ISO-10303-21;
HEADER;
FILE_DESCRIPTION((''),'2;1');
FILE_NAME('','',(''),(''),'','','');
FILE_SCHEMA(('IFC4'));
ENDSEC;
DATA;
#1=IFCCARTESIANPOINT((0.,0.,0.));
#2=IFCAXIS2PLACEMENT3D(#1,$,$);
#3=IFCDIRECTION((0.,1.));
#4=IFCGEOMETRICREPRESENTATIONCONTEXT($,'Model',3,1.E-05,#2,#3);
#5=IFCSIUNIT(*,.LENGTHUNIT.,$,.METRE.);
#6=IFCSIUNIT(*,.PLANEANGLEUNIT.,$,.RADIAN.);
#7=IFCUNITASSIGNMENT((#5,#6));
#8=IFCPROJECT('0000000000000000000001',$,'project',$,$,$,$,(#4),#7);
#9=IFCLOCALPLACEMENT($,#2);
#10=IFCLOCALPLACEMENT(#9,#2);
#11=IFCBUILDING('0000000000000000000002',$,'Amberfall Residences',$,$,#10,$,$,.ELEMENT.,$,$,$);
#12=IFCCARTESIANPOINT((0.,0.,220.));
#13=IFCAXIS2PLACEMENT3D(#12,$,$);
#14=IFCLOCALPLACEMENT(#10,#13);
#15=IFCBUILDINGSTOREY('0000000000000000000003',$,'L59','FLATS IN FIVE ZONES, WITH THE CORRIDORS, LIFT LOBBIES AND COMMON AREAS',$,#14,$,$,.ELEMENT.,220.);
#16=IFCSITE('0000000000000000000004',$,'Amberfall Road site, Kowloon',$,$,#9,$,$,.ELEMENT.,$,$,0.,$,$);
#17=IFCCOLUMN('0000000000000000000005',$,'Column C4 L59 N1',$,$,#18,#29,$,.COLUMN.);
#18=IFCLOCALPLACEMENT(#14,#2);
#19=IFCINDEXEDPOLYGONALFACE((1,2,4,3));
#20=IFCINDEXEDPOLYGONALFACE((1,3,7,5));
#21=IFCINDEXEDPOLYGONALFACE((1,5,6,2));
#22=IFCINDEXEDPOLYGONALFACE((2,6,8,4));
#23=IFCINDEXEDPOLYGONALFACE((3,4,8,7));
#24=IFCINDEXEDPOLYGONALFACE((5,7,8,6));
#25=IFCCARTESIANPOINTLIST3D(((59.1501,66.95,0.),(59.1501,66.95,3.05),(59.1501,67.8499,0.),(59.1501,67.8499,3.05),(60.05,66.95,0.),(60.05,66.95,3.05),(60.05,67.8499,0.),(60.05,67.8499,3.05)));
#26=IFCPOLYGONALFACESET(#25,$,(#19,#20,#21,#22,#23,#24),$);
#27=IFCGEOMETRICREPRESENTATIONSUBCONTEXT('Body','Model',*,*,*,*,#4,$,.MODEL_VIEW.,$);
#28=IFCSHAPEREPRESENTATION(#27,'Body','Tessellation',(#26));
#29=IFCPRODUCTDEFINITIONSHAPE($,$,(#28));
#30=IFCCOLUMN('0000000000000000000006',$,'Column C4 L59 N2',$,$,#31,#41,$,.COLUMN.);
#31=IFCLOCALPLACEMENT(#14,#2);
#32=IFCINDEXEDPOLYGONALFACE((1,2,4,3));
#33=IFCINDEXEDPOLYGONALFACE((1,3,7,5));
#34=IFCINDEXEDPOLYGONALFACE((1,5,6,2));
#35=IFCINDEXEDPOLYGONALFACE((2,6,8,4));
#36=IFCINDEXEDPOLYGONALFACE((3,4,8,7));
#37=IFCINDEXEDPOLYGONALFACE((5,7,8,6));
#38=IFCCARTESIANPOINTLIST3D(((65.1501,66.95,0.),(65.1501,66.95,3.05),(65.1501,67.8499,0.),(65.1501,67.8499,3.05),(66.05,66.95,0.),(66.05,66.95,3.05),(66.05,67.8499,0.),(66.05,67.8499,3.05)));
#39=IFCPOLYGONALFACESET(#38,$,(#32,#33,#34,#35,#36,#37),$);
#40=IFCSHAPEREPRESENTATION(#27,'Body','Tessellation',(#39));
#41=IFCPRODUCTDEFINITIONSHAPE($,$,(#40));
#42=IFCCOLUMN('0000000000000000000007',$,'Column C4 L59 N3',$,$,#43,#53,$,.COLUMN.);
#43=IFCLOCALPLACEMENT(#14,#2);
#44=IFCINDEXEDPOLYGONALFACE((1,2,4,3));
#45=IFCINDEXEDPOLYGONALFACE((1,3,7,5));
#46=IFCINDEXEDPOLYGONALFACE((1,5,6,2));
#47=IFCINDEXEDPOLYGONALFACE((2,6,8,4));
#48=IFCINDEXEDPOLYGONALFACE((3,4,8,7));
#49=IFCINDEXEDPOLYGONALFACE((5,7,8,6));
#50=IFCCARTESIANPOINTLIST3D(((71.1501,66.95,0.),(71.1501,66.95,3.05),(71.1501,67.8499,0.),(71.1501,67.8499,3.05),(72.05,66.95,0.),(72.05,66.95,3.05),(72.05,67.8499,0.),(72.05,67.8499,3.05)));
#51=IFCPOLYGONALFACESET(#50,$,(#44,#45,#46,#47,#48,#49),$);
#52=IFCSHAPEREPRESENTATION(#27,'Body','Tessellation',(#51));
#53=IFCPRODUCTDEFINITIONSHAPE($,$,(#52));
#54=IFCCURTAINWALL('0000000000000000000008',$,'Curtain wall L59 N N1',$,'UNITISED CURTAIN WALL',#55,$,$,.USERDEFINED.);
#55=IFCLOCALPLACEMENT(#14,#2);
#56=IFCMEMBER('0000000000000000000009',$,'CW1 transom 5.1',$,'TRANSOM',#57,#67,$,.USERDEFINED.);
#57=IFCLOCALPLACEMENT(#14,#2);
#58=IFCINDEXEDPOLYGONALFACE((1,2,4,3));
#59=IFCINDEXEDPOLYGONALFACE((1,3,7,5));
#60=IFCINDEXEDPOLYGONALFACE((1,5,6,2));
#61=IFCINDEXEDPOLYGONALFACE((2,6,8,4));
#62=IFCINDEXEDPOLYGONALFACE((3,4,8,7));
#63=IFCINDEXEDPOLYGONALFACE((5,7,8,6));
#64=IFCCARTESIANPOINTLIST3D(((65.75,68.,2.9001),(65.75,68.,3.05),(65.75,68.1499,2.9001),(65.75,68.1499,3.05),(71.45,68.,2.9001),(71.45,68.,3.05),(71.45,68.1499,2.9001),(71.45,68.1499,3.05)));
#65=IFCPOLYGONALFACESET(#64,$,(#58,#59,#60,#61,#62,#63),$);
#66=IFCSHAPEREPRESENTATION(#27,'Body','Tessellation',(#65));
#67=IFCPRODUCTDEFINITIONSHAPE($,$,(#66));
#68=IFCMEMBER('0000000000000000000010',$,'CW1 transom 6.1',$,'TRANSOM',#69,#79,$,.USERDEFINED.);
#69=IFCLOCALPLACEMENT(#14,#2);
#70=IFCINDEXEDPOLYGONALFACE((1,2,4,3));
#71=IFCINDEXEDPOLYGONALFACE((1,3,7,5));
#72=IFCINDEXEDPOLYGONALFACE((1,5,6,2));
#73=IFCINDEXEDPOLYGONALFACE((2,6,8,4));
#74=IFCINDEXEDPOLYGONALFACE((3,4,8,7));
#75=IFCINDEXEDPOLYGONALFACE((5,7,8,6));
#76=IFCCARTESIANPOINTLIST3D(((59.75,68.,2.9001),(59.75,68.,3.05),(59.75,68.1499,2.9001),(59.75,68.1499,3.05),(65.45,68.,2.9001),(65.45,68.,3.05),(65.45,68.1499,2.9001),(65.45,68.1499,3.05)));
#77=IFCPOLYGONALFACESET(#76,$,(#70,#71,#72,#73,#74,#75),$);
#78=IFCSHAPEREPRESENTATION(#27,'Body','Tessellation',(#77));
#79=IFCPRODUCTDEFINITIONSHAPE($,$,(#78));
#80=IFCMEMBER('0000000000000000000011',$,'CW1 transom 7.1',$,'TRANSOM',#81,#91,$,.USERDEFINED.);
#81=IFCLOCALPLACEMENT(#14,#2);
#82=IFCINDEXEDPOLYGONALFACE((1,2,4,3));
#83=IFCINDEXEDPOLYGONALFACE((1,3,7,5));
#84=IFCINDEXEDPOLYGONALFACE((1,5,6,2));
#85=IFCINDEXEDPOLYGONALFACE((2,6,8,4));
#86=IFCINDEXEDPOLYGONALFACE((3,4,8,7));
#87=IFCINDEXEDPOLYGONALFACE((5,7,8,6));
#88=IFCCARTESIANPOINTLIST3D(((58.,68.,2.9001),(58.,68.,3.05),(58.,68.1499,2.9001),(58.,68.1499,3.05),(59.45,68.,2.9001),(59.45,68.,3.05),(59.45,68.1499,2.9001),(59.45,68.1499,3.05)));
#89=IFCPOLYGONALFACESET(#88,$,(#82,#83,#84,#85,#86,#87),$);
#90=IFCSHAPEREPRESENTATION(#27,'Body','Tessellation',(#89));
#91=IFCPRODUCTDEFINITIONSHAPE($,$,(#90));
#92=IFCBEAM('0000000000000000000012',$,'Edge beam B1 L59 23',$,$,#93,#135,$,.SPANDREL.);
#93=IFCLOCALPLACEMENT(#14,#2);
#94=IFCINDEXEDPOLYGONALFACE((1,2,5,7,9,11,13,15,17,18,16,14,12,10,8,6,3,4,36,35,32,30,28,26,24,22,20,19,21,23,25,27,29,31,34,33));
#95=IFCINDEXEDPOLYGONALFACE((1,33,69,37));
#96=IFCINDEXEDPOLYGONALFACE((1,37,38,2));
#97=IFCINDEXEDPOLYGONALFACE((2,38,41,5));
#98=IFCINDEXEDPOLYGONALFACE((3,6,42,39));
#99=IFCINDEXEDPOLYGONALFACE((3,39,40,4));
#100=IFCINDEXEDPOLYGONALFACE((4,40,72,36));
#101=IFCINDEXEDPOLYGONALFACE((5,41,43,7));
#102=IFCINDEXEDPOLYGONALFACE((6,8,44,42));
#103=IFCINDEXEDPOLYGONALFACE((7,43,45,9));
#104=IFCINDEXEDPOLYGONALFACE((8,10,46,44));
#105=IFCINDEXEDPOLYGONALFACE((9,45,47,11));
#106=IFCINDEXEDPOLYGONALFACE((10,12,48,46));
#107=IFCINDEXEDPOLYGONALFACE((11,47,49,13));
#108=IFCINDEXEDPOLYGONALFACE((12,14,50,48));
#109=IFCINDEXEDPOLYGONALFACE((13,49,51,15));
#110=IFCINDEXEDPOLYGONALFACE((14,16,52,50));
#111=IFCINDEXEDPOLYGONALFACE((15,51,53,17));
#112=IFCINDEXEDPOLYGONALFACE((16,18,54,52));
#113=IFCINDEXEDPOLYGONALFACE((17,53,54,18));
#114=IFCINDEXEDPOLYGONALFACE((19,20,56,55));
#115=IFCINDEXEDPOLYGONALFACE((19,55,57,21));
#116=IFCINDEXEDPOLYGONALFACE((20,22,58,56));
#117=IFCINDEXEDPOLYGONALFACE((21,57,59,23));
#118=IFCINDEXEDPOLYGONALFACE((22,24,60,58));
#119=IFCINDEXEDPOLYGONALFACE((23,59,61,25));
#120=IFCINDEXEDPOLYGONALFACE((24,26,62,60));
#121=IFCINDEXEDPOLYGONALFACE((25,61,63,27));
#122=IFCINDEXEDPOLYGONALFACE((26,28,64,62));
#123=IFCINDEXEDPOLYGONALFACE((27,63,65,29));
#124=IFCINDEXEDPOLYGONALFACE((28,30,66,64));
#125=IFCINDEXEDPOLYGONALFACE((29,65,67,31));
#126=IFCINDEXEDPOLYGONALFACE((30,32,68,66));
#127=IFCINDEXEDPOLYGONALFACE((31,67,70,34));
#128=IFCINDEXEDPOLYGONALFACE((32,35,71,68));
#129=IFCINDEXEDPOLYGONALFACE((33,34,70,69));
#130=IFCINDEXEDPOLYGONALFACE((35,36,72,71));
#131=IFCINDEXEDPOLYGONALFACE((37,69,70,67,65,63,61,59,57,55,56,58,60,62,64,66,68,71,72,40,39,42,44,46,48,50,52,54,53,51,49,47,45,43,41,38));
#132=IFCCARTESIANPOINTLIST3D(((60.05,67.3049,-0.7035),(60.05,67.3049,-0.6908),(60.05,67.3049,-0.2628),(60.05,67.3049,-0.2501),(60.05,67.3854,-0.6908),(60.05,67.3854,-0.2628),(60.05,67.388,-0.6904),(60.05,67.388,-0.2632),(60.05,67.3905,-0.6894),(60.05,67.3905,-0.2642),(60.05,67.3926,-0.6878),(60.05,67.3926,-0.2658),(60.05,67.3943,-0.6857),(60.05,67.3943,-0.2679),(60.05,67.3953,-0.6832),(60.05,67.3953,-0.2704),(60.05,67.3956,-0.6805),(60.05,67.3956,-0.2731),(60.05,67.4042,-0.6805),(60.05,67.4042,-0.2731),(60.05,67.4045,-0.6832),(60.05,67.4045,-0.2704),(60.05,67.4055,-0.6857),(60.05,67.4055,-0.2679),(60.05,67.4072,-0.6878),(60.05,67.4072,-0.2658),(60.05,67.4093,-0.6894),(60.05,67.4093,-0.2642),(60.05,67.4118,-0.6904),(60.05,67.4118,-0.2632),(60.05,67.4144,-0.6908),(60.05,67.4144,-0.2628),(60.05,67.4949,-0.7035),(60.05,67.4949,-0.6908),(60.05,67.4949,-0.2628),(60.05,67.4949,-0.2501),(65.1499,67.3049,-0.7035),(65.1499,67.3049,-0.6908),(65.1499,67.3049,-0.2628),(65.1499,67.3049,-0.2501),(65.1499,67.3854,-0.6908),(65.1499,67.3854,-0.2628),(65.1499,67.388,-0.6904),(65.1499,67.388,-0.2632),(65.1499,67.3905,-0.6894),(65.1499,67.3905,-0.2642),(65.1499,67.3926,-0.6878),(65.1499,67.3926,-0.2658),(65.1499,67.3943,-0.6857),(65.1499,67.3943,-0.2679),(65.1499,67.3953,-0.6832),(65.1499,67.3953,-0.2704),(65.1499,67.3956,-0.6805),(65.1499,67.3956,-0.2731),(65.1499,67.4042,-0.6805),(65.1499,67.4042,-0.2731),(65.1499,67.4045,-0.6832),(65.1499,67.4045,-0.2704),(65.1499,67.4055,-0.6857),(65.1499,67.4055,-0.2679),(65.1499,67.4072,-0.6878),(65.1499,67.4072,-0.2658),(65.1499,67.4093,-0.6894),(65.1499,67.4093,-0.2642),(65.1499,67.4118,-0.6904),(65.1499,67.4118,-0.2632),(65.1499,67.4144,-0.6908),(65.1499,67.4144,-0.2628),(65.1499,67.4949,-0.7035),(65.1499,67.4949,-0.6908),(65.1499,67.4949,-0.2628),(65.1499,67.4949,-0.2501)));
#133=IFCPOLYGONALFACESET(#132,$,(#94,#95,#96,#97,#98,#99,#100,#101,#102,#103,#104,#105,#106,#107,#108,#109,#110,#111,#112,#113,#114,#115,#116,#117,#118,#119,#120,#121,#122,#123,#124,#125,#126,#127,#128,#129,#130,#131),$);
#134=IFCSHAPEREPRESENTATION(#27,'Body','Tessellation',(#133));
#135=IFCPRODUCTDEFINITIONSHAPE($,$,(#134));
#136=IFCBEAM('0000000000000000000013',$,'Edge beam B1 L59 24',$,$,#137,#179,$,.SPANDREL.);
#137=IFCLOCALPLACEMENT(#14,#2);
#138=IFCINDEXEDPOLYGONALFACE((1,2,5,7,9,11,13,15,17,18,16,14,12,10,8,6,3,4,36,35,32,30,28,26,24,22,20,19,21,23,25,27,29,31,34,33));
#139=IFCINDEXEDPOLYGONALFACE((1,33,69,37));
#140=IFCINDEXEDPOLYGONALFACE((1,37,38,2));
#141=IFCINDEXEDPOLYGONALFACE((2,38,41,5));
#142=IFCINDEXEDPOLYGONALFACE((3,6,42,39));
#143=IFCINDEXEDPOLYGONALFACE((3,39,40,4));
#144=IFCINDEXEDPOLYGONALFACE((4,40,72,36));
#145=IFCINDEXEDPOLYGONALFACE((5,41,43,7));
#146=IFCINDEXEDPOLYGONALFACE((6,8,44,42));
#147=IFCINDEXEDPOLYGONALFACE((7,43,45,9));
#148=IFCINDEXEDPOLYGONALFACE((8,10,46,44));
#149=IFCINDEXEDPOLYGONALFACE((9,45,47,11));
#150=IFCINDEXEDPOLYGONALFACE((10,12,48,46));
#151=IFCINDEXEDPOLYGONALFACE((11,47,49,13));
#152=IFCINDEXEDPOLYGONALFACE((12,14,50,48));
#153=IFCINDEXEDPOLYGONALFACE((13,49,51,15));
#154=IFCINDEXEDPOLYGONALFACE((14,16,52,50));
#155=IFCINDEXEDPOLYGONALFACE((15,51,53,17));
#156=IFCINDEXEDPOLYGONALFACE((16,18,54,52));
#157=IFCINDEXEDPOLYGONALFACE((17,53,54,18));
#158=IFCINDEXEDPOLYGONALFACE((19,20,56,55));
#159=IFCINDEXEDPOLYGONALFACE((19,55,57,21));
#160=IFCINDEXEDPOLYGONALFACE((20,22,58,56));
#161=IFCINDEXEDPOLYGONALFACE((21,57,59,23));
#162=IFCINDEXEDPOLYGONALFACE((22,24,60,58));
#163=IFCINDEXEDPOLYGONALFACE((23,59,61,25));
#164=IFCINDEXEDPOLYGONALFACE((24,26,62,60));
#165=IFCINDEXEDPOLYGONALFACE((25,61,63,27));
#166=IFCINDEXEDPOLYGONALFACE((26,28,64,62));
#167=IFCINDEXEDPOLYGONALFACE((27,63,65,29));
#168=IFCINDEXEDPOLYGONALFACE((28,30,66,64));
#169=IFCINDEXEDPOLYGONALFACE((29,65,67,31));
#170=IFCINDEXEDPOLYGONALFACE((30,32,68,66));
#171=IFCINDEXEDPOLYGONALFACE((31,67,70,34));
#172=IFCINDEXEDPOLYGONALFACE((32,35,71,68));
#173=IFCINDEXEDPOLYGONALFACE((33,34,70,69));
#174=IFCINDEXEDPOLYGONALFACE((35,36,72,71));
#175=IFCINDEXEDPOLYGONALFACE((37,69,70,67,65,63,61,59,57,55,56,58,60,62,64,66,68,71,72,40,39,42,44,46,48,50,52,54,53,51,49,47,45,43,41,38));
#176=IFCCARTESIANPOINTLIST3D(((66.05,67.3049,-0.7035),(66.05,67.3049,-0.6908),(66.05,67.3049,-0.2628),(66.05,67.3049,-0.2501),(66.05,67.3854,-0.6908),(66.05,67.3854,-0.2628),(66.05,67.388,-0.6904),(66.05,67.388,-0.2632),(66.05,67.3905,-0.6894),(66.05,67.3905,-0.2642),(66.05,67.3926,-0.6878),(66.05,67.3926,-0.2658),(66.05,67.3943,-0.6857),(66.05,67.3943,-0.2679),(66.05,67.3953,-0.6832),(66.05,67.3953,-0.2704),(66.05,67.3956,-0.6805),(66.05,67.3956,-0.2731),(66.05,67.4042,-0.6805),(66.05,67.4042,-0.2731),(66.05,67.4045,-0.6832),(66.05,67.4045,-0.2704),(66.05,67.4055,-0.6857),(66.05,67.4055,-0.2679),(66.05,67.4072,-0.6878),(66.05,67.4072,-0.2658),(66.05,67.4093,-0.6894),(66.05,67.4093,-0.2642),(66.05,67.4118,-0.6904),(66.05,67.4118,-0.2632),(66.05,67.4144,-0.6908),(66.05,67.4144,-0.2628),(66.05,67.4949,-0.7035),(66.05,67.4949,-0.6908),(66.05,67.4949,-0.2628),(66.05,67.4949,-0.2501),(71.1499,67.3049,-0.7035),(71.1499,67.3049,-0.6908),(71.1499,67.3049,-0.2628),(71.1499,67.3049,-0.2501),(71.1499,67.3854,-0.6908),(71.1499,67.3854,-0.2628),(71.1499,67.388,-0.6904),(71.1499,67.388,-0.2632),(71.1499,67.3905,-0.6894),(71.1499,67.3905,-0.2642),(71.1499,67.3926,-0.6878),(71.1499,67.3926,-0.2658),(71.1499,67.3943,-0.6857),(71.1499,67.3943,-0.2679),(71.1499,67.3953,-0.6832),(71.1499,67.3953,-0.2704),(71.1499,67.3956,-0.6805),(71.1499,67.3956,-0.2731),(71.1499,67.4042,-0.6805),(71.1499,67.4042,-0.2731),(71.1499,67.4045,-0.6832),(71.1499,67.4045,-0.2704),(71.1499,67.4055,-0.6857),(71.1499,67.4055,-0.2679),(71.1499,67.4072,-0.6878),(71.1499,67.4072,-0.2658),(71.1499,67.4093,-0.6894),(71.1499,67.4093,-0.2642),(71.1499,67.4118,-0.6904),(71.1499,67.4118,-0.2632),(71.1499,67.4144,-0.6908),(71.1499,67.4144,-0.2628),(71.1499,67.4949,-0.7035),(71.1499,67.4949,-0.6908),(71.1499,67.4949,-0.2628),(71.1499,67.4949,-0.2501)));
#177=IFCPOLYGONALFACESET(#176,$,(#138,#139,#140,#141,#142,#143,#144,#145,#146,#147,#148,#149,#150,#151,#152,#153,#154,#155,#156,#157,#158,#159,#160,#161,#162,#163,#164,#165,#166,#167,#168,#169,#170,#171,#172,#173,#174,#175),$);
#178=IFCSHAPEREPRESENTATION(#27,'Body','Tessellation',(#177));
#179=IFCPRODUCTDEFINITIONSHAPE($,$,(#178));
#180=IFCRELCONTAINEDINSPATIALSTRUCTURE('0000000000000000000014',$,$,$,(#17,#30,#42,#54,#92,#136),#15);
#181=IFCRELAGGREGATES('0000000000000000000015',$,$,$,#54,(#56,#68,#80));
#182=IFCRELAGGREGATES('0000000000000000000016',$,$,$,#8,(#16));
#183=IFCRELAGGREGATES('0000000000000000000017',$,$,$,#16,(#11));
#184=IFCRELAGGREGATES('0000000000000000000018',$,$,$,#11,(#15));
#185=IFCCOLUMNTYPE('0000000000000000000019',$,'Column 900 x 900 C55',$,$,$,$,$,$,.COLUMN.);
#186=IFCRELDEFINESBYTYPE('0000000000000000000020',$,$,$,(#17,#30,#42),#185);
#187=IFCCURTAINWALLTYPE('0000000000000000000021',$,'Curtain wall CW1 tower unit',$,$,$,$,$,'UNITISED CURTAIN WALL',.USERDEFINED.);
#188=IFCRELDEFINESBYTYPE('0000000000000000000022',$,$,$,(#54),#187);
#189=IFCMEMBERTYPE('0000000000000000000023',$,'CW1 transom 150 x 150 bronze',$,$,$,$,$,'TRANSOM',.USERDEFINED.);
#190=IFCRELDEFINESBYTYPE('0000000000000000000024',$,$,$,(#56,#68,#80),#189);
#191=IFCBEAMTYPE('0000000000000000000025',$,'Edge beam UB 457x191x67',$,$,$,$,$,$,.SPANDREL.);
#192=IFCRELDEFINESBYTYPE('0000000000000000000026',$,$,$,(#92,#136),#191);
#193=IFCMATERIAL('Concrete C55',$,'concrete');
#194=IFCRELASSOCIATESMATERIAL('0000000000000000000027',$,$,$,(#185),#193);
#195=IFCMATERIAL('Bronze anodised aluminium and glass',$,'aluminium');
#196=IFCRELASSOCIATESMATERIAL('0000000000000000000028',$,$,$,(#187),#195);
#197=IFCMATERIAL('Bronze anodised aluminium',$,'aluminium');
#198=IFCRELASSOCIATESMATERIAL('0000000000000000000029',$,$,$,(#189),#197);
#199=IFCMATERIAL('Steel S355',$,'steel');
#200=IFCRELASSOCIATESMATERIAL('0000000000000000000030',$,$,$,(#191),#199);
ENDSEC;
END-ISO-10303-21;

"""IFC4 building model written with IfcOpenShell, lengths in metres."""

from ifc_helpers import new_model, si_unit, direction, frame, origin, origin_2d, place, context, subcontext, project, spatial, rectangle, i_section, extrude, material, material_profile, profile_set, type_object, element, aggregate, save


model = new_model("IFC4")

# Units and contexts
model_context = context("Model", 3, precision=1e-05, world=origin(), true_north=direction((0.0, 1.0)))
body_context = subcontext(model_context, "Body", "Model", "MODEL_VIEW")
ifc_project = project(units=[si_unit("LENGTHUNIT", "METRE"), si_unit("PLANEANGLEUNIT", "RADIAN")], contexts=[model_context])

# Site, building, storey
site_placement = place(None, origin())
site = spatial("IfcSite", under=ifc_project, at=site_placement, Name="Amberfall Road site, Kowloon", CompositionType="ELEMENT", RefElevation=0.0)
building_placement = place(site_placement, origin())
building = spatial("IfcBuilding", under=site, at=building_placement, Name="Amberfall Residences", CompositionType="ELEMENT")
storey_placement = place(building_placement, frame((0.0, 0.0, 220.0)))
storey = spatial("IfcBuildingStorey", under=building, at=storey_placement, Name="L59", Description="FLATS IN FIVE ZONES, WITH THE CORRIDORS, LIFT LOBBIES AND COMMON AREAS", CompositionType="ELEMENT", Elevation=220.0)

# Columns
ifc_material_1 = material(Name="Concrete C55", Category="concrete")
ifc_material_profile_1 = material_profile(ifc_material_1, rectangle(XDim=0.8999, YDim=0.8999, at=origin_2d()), Name="Column 900 x 900 C55")
ifc_profile_set_1 = profile_set([ifc_material_profile_1], Name="Concrete C55")
column_type = type_object("IfcColumnType", Name="Column 900 x 900 C55", PredefinedType="COLUMN", material=ifc_profile_set_1)
for number, where, z_axis, x_axis, name in (
    (1, (59.6001, 67.3999, 0.0), (0.0, 0.0, 1.0), (1.0, 0.0, 0.0), "Column C4 L59 N1"),
    (2, (65.6001, 67.3999, 0.0), (0.0, 0.0, 1.0), (1.0, 0.0, 0.0), "Column C4 L59 N2"),
    (3, (71.6001, 67.3999, 0.0), (0.0, 0.0, 1.0), (1.0, 0.0, 0.0), "Column C4 L59 N3"),
):
    element("IfcColumn", number, at=place(storey_placement, frame(where, z_axis=z_axis, x_axis=x_axis)), inside=storey, type_object=column_type, Name=name, PredefinedType="COLUMN", context=body_context, shape_type="SweptSolid", body=[
        extrude(rectangle(XDim=0.8999, YDim=0.8999, at=origin_2d()), origin(), (0.0, 0.0, 1.0), 3.05),
    ])

# Curtain wall, members
ifc_material_2 = material(Name="Bronze anodised aluminium and glass", Category="aluminium")
curtain_wall_type = type_object("IfcCurtainWallType", Name="Curtain wall CW1 tower unit", ElementType="UNITISED CURTAIN WALL", PredefinedType="USERDEFINED", material=ifc_material_2)
curtain_wall_placement = place(storey_placement, origin())
curtain_wall = element("IfcCurtainWall", 4, at=curtain_wall_placement, inside=storey, type_object=curtain_wall_type, Name="Curtain wall L59 N N1", ObjectType="UNITISED CURTAIN WALL", PredefinedType="USERDEFINED")
ifc_material_3 = material(Name="Bronze anodised aluminium", Category="aluminium")
ifc_material_profile_2 = material_profile(ifc_material_3, rectangle(XDim=0.1499, YDim=0.1499, at=origin_2d()), Name="CW1 transom 150 x 150 bronze")
ifc_profile_set_2 = profile_set([ifc_material_profile_2], Name="Bronze anodised aluminium")
member_type_1 = type_object("IfcMemberType", Name="CW1 transom 150 x 150 bronze", ElementType="TRANSOM", PredefinedType="USERDEFINED", material=ifc_profile_set_2)
member_1_placement = place(storey_placement, frame((71.45, 68.075, 2.9751), z_axis=(-1.0, 0.0, 0.0), x_axis=(0.0, -1.0, 0.0)))
member_1 = element("IfcMember", 5, at=member_1_placement, type_object=member_type_1, Name="CW1 transom 5.1", ObjectType="TRANSOM", PredefinedType="USERDEFINED", context=body_context, shape_type="SweptSolid", body=[
    extrude(rectangle(XDim=0.1499, YDim=0.1499, at=origin_2d()), origin(), (0.0, 0.0, 1.0), 5.7),
])
member_2_placement = place(storey_placement, frame((65.45, 68.075, 2.9751), z_axis=(-1.0, 0.0, 0.0), x_axis=(0.0, -1.0, 0.0)))
member_2 = element("IfcMember", 6, at=member_2_placement, type_object=member_type_1, Name="CW1 transom 6.1", ObjectType="TRANSOM", PredefinedType="USERDEFINED", context=body_context, shape_type="SweptSolid", body=[
    extrude(rectangle(XDim=0.1499, YDim=0.1499, at=origin_2d()), origin(), (0.0, 0.0, 1.0), 5.7),
])
member_3_placement = place(storey_placement, frame((59.45, 68.075, 2.9751), z_axis=(-1.0, 0.0, 0.0), x_axis=(0.0, -1.0, 0.0)))
member_3 = element("IfcMember", 7, at=member_3_placement, type_object=member_type_1, Name="CW1 transom 7.1", ObjectType="TRANSOM", PredefinedType="USERDEFINED", context=body_context, shape_type="SweptSolid", body=[
    extrude(rectangle(XDim=0.1499, YDim=0.1499, at=origin_2d()), origin(), (0.0, 0.0, 1.0), 1.45),
])

# Beams
ifc_material_4 = material(Name="Steel S355", Category="steel")
ifc_material_profile_3 = material_profile(ifc_material_4, i_section(OverallWidth=0.1899, OverallDepth=0.4534, WebThickness=0.0085, FlangeThickness=0.0127, FilletRadius=0.0103, at=origin_2d()), Name="UB 457x191x67")
ifc_profile_set_3 = profile_set([ifc_material_profile_3], Name="Steel S355")
beam_type_1 = type_object("IfcBeamType", Name="Edge beam UB 457x191x67", PredefinedType="SPANDREL", material=ifc_profile_set_3)
for number, where, z_axis, x_axis, name in (
    (8, (60.05, 67.3999, -0.4768), (1.0, 0.0, 0.0), (0.0, 1.0, 0.0), "Edge beam B1 L59 23"),
    (9, (66.05, 67.3999, -0.4768), (1.0, 0.0, 0.0), (0.0, 1.0, 0.0), "Edge beam B1 L59 24"),
):
    element("IfcBeam", number, at=place(storey_placement, frame(where, z_axis=z_axis, x_axis=x_axis)), inside=storey, type_object=beam_type_1, Name=name, PredefinedType="SPANDREL", context=body_context, shape_type="SweptSolid", body=[
        extrude(i_section(OverallWidth=0.1899, OverallDepth=0.4534, WebThickness=0.0085, FlangeThickness=0.0127, FilletRadius=0.0103, at=origin_2d()), origin(), (0.0, 0.0, 1.0), 5.0999),
    ])

aggregate(curtain_wall, [member_1, member_2, member_3])

save(model, "model.ifc")
